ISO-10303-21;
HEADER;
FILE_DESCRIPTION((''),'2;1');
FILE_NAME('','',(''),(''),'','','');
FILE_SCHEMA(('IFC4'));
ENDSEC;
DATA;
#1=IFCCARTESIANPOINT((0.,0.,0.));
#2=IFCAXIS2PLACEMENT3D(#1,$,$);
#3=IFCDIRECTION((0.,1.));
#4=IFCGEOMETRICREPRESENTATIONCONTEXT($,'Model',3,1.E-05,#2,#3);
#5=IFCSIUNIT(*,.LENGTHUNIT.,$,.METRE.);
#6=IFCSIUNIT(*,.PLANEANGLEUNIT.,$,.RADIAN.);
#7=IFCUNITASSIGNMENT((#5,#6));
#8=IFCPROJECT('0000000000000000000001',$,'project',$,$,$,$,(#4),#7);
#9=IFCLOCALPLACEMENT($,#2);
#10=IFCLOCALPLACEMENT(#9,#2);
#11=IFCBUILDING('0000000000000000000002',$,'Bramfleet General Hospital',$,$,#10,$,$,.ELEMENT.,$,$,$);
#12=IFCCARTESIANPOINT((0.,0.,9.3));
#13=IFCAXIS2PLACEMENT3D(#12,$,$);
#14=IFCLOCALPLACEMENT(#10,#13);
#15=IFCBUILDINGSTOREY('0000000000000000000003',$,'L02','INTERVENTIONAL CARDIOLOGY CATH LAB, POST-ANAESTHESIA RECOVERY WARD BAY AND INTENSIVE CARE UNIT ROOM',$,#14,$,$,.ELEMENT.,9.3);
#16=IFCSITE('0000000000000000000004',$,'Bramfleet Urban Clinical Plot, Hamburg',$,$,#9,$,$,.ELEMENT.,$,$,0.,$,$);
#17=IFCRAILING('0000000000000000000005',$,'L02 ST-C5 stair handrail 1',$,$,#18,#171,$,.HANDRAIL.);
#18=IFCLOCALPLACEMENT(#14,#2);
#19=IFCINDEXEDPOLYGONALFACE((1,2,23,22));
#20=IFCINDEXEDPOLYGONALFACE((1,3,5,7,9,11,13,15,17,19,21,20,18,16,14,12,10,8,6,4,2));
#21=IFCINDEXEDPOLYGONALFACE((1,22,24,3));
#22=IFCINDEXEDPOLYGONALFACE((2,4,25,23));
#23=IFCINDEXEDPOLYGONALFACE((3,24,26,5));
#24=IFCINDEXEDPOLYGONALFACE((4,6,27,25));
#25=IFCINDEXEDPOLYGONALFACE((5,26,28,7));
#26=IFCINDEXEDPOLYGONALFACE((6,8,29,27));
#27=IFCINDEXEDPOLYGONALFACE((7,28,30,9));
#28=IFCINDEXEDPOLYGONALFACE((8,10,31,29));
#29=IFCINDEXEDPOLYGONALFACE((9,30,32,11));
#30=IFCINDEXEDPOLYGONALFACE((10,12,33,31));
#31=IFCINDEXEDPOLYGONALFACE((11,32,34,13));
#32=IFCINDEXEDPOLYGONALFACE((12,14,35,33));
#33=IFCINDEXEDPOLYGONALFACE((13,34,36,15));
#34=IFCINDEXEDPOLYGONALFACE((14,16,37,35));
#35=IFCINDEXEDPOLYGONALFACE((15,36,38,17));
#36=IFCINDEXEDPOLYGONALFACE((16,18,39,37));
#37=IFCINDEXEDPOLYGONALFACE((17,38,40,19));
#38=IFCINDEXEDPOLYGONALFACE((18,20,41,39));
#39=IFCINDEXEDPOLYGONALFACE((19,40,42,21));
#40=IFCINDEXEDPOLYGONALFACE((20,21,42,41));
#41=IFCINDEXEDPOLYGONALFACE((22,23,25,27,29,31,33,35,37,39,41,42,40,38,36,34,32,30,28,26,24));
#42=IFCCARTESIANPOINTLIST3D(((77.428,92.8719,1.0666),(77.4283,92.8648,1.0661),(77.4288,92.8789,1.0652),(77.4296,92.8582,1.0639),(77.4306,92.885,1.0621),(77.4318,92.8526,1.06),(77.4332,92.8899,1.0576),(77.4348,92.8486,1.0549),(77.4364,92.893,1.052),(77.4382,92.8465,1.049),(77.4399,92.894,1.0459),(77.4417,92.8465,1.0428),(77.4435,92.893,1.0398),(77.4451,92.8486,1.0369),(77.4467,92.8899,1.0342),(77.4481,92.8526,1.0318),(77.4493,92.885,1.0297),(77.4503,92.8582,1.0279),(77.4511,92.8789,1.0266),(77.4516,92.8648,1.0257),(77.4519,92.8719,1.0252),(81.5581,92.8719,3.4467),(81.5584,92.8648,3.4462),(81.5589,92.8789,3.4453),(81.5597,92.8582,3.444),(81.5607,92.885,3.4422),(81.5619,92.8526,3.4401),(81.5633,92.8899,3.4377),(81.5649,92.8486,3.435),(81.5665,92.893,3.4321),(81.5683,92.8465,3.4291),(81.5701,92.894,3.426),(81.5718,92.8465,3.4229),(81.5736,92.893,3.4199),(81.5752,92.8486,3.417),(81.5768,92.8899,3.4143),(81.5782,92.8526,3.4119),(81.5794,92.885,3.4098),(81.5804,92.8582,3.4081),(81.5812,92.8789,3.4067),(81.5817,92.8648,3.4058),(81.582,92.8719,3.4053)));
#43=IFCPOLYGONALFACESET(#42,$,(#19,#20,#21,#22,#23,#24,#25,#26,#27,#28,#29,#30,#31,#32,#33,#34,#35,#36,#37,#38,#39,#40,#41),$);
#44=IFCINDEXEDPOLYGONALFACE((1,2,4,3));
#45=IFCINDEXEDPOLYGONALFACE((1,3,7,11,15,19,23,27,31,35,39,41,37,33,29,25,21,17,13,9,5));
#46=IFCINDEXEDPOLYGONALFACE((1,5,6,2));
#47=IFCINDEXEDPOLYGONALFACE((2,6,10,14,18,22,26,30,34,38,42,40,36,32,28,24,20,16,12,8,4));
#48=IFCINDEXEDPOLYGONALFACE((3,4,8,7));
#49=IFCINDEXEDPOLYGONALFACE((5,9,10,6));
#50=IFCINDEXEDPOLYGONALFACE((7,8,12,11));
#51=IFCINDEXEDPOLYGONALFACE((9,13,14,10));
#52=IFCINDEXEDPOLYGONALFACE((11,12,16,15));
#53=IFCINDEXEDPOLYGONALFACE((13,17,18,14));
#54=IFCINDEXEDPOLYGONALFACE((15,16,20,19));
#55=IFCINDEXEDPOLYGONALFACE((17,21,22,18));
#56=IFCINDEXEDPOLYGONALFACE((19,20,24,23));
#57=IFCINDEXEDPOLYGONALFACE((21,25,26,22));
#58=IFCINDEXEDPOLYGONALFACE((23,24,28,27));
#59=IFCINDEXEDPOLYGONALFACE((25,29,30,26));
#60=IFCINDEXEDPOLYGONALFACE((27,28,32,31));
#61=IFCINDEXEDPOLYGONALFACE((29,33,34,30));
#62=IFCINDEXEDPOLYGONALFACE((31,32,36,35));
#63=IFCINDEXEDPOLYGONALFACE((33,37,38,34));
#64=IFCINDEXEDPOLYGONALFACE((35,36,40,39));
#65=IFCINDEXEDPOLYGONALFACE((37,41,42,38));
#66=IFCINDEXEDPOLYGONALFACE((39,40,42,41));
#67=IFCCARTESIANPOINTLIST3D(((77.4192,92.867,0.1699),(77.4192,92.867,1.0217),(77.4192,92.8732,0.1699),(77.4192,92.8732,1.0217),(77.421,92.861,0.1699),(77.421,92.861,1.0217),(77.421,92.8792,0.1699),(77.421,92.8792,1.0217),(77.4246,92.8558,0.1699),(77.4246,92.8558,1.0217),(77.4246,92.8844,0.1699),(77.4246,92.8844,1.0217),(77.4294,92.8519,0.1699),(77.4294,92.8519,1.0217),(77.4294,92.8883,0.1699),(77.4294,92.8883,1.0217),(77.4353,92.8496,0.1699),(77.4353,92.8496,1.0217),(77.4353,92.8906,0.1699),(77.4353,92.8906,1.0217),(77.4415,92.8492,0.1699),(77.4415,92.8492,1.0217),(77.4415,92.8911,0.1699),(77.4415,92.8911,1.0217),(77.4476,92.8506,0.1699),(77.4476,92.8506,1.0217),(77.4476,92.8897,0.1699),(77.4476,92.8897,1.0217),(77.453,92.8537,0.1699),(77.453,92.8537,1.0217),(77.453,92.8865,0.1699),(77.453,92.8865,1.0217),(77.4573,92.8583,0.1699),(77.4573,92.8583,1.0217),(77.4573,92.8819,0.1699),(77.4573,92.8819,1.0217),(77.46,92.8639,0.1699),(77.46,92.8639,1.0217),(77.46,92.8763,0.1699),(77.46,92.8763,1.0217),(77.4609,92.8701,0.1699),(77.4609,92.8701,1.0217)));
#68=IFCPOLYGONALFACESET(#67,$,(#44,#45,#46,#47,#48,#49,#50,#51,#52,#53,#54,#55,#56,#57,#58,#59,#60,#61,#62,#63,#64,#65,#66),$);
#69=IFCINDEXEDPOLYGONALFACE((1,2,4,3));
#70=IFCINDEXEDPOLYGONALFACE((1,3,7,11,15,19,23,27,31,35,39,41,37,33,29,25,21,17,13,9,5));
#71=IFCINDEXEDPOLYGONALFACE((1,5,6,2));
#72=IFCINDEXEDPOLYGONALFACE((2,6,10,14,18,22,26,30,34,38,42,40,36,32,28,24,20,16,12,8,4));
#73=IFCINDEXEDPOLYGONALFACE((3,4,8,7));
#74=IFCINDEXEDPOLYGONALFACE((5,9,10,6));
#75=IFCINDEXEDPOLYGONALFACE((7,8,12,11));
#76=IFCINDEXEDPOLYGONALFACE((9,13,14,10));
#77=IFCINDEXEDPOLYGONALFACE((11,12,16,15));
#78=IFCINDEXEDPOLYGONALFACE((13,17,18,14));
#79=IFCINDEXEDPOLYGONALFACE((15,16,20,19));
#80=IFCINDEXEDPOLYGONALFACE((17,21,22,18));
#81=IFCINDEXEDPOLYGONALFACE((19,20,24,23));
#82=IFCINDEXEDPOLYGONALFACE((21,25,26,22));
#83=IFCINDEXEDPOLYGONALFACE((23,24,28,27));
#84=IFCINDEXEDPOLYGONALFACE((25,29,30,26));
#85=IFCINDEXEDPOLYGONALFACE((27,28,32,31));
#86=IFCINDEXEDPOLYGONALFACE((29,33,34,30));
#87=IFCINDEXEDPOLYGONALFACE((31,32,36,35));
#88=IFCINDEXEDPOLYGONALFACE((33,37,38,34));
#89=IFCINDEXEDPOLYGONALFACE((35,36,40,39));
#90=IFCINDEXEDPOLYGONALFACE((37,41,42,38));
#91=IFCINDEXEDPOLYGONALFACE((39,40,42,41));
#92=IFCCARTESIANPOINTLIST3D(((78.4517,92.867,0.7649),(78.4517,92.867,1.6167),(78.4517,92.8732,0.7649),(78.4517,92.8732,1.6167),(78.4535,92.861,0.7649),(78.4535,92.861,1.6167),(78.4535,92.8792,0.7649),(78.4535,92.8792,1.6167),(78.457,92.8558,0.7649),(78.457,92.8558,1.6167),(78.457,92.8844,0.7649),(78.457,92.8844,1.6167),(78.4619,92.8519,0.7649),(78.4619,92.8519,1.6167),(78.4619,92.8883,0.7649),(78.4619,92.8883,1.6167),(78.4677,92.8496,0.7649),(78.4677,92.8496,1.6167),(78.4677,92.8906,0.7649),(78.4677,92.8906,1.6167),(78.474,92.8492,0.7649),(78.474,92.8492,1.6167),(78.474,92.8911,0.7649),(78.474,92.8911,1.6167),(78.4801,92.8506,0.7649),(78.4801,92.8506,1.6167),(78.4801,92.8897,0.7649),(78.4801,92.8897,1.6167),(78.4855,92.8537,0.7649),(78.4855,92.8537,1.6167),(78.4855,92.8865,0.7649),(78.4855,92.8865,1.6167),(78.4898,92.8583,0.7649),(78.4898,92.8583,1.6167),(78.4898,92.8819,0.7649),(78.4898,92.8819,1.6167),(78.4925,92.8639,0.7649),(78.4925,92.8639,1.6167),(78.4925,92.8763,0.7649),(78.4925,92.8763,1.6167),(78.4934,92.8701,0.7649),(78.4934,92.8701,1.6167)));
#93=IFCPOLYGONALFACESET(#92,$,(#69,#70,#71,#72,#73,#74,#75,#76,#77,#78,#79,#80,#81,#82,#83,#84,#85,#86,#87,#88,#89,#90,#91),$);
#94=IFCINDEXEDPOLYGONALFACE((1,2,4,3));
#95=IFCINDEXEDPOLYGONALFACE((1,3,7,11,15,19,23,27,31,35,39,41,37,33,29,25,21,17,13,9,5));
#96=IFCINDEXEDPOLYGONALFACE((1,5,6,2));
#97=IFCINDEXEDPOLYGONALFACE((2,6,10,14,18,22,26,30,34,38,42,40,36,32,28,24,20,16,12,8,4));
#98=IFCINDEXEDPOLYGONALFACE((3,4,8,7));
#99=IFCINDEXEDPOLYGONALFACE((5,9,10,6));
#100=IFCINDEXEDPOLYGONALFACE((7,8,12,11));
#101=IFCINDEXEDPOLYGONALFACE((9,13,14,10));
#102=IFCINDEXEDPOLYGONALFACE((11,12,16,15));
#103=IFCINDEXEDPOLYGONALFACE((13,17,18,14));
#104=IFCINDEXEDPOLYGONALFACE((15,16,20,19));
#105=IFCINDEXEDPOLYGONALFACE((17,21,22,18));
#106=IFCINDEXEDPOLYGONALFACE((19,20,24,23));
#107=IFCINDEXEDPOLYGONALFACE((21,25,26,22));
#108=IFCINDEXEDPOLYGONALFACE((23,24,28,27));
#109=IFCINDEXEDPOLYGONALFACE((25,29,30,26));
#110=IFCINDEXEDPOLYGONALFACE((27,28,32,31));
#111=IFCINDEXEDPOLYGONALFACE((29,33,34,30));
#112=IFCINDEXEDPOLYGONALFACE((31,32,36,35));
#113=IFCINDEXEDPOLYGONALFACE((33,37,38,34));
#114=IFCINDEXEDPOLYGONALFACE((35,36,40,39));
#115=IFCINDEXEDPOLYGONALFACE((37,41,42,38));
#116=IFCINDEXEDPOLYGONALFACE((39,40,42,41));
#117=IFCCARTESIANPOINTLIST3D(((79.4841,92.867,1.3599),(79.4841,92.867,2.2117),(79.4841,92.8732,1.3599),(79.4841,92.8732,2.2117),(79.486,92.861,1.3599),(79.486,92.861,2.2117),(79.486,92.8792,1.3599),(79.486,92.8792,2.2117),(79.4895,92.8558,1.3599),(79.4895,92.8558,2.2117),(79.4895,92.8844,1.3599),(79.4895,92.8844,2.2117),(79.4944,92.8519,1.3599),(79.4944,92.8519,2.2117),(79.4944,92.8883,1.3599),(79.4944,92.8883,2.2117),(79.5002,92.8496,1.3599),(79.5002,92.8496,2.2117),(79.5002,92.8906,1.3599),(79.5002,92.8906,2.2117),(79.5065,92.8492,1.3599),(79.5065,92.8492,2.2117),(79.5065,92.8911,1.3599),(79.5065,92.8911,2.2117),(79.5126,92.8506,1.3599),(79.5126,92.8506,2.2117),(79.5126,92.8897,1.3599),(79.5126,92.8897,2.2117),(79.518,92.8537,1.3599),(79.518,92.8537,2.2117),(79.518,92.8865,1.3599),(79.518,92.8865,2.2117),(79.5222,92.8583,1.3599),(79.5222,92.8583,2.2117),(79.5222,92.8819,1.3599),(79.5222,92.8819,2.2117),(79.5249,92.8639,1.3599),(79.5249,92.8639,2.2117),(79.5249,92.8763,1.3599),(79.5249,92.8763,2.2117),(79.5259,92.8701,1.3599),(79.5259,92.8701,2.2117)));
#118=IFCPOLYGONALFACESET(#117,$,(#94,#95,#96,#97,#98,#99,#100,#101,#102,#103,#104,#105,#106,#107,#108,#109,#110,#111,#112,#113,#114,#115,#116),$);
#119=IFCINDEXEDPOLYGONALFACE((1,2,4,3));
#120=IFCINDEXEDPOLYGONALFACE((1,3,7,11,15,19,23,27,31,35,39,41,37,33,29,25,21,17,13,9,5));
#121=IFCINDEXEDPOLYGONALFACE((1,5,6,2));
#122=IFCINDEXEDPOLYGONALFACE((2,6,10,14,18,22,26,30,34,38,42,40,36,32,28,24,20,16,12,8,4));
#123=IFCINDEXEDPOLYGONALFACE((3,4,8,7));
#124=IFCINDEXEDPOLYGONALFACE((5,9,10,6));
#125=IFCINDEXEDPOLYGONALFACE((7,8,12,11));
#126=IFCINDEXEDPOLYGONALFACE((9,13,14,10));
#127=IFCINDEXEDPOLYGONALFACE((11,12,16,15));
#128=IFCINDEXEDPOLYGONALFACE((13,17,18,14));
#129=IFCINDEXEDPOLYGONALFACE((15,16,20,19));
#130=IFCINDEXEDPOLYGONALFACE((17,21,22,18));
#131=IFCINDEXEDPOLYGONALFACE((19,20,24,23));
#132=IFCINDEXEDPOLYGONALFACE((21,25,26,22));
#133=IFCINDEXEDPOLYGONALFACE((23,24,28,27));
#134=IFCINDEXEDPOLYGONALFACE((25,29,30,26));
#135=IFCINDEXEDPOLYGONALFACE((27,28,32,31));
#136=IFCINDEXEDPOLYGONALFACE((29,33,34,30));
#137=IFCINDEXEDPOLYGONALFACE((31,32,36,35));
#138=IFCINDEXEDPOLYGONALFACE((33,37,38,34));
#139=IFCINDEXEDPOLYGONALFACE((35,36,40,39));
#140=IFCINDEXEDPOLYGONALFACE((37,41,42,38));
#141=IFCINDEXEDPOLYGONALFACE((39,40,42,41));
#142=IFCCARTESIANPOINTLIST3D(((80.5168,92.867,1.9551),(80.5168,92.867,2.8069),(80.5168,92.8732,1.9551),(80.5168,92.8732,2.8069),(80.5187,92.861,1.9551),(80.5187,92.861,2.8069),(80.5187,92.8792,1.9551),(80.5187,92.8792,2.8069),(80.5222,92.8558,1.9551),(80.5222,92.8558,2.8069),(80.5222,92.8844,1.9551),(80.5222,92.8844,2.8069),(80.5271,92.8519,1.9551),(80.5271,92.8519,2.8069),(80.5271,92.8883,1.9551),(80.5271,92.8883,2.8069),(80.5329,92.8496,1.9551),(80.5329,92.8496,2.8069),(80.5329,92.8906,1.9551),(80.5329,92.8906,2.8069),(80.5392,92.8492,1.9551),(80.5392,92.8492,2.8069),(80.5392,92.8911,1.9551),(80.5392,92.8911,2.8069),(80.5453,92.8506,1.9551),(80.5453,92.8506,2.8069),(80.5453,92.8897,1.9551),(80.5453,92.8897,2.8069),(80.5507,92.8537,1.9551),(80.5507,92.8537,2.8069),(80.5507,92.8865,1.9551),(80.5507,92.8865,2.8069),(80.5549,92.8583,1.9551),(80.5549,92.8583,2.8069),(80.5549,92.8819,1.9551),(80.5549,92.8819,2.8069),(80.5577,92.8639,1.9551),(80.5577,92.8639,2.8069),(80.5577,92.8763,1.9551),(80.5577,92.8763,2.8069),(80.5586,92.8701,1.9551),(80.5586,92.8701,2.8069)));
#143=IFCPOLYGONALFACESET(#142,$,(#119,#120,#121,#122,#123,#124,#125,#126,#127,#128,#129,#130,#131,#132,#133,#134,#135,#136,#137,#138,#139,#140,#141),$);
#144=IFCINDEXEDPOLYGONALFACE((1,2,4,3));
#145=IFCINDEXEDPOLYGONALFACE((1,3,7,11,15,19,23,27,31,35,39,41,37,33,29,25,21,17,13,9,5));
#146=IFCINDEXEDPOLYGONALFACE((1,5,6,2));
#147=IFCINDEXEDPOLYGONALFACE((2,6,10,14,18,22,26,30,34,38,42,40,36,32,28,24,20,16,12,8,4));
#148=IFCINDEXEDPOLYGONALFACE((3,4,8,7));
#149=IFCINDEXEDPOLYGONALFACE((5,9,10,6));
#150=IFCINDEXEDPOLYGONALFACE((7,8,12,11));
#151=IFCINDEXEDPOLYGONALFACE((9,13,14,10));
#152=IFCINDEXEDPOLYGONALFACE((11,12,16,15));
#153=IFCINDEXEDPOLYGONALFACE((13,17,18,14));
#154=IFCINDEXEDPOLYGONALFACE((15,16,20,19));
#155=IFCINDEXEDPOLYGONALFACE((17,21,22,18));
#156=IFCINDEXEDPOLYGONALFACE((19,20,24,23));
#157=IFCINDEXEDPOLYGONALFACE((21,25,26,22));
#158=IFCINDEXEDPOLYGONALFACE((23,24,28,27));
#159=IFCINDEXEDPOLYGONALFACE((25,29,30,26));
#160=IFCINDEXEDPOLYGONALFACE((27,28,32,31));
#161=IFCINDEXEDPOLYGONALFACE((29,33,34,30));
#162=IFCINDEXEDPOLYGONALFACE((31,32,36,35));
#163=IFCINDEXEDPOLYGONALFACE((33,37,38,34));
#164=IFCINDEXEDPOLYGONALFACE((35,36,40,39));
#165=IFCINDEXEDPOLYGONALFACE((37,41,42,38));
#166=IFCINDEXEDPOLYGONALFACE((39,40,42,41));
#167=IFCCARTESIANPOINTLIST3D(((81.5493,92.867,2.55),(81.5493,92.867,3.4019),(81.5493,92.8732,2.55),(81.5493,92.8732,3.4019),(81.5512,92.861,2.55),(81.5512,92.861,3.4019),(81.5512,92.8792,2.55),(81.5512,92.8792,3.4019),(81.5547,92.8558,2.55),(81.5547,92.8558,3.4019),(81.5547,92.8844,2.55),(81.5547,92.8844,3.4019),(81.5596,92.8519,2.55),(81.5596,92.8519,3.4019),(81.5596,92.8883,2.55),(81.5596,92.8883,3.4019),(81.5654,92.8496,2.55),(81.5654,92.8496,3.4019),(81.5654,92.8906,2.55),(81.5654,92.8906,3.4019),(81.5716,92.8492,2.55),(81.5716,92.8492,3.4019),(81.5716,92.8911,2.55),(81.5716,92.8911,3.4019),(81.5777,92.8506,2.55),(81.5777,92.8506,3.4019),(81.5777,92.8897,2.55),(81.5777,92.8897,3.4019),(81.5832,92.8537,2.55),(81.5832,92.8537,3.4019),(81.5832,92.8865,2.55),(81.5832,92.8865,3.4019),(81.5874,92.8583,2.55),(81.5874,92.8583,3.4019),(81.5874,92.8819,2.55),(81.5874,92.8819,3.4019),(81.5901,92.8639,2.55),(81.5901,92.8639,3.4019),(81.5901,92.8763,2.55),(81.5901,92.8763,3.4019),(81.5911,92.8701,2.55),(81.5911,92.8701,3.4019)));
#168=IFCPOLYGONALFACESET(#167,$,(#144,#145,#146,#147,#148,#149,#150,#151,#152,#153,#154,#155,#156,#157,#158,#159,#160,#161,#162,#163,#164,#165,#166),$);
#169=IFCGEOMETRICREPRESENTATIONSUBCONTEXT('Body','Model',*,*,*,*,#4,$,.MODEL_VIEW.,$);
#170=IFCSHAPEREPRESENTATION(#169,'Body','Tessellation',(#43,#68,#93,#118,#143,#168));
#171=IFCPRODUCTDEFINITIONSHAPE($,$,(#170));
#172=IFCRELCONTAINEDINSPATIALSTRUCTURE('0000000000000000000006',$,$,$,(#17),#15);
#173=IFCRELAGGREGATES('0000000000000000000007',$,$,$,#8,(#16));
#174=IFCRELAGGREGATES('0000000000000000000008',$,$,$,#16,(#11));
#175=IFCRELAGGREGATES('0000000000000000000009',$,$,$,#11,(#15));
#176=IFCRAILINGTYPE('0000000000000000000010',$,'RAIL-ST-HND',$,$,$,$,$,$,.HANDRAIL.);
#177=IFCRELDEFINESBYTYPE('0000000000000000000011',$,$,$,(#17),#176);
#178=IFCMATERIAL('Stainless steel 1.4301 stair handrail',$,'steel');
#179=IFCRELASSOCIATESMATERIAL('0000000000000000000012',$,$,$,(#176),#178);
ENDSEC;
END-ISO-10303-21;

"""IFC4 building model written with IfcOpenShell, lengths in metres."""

from ifc_helpers import new_model, si_unit, direction, frame, origin, origin_2d, place, context, subcontext, project, spatial, circle, extrude, material, type_object, element, save


model = new_model("IFC4")

# Units and contexts
model_context = context("Model", 3, precision=1e-05, world=origin(), true_north=direction((0.0, 1.0)))
body_context = subcontext(model_context, "Body", "Model", "MODEL_VIEW")
ifc_project = project(units=[si_unit("LENGTHUNIT", "METRE"), si_unit("PLANEANGLEUNIT", "RADIAN")], contexts=[model_context])

# Site, building, storey
site_placement = place(None, origin())
site = spatial("IfcSite", under=ifc_project, at=site_placement, Name="Bramfleet Urban Clinical Plot, Hamburg", CompositionType="ELEMENT", RefElevation=0.0)
building_placement = place(site_placement, origin())
building = spatial("IfcBuilding", under=site, at=building_placement, Name="Bramfleet General Hospital", CompositionType="ELEMENT")
storey_placement = place(building_placement, frame((0.0, 0.0, 9.3)))
storey = spatial("IfcBuildingStorey", under=building, at=storey_placement, Name="L02", Description="INTERVENTIONAL CARDIOLOGY CATH LAB, POST-ANAESTHESIA RECOVERY WARD BAY AND INTENSIVE CARE UNIT ROOM", CompositionType="ELEMENT", Elevation=9.3)

# Railing
ifc_material_1 = material(Name="Stainless steel 1.4301 stair handrail", Category="steel")
railing_type_1 = type_object("IfcRailingType", Name="RAIL-ST-HND", PredefinedType="HANDRAIL", material=ifc_material_1)
railing_1_placement = place(storey_placement, frame((77.4399, 92.8701, 0.1699)))
element("IfcRailing", 1, at=railing_1_placement, inside=storey, type_object=railing_type_1, Name="L02 ST-C5 stair handrail 1", PredefinedType="HANDRAIL", context=body_context, shape_type="SweptSolid", body=[
    extrude(circle(Radius=0.0239, at=origin_2d()), frame((0.0, 0.0, 0.876), z_axis=(0.866425, 0.0, 0.499307), x_axis=(0.0, 1.0, 0.0)), (0.0, 0.0, 1.0), 4.7668),
    extrude(circle(Radius=0.021, at=origin_2d()), origin(), (0.0, 0.0, 1.0), 0.8518),
    extrude(circle(Radius=0.021, at=origin_2d()), frame((1.0325, 0.0, 0.595)), (0.0, 0.0, 1.0), 0.8518),
    extrude(circle(Radius=0.021, at=origin_2d()), frame((2.0649, 0.0, 1.1899)), (0.0, 0.0, 1.0), 0.8518),
    extrude(circle(Radius=0.021, at=origin_2d()), frame((3.0977, 0.0, 1.7852)), (0.0, 0.0, 1.0), 0.8518),
    extrude(circle(Radius=0.021, at=origin_2d()), frame((4.1301, 0.0, 2.3801)), (0.0, 0.0, 1.0), 0.8518),
])

save(model, "model.ifc")
